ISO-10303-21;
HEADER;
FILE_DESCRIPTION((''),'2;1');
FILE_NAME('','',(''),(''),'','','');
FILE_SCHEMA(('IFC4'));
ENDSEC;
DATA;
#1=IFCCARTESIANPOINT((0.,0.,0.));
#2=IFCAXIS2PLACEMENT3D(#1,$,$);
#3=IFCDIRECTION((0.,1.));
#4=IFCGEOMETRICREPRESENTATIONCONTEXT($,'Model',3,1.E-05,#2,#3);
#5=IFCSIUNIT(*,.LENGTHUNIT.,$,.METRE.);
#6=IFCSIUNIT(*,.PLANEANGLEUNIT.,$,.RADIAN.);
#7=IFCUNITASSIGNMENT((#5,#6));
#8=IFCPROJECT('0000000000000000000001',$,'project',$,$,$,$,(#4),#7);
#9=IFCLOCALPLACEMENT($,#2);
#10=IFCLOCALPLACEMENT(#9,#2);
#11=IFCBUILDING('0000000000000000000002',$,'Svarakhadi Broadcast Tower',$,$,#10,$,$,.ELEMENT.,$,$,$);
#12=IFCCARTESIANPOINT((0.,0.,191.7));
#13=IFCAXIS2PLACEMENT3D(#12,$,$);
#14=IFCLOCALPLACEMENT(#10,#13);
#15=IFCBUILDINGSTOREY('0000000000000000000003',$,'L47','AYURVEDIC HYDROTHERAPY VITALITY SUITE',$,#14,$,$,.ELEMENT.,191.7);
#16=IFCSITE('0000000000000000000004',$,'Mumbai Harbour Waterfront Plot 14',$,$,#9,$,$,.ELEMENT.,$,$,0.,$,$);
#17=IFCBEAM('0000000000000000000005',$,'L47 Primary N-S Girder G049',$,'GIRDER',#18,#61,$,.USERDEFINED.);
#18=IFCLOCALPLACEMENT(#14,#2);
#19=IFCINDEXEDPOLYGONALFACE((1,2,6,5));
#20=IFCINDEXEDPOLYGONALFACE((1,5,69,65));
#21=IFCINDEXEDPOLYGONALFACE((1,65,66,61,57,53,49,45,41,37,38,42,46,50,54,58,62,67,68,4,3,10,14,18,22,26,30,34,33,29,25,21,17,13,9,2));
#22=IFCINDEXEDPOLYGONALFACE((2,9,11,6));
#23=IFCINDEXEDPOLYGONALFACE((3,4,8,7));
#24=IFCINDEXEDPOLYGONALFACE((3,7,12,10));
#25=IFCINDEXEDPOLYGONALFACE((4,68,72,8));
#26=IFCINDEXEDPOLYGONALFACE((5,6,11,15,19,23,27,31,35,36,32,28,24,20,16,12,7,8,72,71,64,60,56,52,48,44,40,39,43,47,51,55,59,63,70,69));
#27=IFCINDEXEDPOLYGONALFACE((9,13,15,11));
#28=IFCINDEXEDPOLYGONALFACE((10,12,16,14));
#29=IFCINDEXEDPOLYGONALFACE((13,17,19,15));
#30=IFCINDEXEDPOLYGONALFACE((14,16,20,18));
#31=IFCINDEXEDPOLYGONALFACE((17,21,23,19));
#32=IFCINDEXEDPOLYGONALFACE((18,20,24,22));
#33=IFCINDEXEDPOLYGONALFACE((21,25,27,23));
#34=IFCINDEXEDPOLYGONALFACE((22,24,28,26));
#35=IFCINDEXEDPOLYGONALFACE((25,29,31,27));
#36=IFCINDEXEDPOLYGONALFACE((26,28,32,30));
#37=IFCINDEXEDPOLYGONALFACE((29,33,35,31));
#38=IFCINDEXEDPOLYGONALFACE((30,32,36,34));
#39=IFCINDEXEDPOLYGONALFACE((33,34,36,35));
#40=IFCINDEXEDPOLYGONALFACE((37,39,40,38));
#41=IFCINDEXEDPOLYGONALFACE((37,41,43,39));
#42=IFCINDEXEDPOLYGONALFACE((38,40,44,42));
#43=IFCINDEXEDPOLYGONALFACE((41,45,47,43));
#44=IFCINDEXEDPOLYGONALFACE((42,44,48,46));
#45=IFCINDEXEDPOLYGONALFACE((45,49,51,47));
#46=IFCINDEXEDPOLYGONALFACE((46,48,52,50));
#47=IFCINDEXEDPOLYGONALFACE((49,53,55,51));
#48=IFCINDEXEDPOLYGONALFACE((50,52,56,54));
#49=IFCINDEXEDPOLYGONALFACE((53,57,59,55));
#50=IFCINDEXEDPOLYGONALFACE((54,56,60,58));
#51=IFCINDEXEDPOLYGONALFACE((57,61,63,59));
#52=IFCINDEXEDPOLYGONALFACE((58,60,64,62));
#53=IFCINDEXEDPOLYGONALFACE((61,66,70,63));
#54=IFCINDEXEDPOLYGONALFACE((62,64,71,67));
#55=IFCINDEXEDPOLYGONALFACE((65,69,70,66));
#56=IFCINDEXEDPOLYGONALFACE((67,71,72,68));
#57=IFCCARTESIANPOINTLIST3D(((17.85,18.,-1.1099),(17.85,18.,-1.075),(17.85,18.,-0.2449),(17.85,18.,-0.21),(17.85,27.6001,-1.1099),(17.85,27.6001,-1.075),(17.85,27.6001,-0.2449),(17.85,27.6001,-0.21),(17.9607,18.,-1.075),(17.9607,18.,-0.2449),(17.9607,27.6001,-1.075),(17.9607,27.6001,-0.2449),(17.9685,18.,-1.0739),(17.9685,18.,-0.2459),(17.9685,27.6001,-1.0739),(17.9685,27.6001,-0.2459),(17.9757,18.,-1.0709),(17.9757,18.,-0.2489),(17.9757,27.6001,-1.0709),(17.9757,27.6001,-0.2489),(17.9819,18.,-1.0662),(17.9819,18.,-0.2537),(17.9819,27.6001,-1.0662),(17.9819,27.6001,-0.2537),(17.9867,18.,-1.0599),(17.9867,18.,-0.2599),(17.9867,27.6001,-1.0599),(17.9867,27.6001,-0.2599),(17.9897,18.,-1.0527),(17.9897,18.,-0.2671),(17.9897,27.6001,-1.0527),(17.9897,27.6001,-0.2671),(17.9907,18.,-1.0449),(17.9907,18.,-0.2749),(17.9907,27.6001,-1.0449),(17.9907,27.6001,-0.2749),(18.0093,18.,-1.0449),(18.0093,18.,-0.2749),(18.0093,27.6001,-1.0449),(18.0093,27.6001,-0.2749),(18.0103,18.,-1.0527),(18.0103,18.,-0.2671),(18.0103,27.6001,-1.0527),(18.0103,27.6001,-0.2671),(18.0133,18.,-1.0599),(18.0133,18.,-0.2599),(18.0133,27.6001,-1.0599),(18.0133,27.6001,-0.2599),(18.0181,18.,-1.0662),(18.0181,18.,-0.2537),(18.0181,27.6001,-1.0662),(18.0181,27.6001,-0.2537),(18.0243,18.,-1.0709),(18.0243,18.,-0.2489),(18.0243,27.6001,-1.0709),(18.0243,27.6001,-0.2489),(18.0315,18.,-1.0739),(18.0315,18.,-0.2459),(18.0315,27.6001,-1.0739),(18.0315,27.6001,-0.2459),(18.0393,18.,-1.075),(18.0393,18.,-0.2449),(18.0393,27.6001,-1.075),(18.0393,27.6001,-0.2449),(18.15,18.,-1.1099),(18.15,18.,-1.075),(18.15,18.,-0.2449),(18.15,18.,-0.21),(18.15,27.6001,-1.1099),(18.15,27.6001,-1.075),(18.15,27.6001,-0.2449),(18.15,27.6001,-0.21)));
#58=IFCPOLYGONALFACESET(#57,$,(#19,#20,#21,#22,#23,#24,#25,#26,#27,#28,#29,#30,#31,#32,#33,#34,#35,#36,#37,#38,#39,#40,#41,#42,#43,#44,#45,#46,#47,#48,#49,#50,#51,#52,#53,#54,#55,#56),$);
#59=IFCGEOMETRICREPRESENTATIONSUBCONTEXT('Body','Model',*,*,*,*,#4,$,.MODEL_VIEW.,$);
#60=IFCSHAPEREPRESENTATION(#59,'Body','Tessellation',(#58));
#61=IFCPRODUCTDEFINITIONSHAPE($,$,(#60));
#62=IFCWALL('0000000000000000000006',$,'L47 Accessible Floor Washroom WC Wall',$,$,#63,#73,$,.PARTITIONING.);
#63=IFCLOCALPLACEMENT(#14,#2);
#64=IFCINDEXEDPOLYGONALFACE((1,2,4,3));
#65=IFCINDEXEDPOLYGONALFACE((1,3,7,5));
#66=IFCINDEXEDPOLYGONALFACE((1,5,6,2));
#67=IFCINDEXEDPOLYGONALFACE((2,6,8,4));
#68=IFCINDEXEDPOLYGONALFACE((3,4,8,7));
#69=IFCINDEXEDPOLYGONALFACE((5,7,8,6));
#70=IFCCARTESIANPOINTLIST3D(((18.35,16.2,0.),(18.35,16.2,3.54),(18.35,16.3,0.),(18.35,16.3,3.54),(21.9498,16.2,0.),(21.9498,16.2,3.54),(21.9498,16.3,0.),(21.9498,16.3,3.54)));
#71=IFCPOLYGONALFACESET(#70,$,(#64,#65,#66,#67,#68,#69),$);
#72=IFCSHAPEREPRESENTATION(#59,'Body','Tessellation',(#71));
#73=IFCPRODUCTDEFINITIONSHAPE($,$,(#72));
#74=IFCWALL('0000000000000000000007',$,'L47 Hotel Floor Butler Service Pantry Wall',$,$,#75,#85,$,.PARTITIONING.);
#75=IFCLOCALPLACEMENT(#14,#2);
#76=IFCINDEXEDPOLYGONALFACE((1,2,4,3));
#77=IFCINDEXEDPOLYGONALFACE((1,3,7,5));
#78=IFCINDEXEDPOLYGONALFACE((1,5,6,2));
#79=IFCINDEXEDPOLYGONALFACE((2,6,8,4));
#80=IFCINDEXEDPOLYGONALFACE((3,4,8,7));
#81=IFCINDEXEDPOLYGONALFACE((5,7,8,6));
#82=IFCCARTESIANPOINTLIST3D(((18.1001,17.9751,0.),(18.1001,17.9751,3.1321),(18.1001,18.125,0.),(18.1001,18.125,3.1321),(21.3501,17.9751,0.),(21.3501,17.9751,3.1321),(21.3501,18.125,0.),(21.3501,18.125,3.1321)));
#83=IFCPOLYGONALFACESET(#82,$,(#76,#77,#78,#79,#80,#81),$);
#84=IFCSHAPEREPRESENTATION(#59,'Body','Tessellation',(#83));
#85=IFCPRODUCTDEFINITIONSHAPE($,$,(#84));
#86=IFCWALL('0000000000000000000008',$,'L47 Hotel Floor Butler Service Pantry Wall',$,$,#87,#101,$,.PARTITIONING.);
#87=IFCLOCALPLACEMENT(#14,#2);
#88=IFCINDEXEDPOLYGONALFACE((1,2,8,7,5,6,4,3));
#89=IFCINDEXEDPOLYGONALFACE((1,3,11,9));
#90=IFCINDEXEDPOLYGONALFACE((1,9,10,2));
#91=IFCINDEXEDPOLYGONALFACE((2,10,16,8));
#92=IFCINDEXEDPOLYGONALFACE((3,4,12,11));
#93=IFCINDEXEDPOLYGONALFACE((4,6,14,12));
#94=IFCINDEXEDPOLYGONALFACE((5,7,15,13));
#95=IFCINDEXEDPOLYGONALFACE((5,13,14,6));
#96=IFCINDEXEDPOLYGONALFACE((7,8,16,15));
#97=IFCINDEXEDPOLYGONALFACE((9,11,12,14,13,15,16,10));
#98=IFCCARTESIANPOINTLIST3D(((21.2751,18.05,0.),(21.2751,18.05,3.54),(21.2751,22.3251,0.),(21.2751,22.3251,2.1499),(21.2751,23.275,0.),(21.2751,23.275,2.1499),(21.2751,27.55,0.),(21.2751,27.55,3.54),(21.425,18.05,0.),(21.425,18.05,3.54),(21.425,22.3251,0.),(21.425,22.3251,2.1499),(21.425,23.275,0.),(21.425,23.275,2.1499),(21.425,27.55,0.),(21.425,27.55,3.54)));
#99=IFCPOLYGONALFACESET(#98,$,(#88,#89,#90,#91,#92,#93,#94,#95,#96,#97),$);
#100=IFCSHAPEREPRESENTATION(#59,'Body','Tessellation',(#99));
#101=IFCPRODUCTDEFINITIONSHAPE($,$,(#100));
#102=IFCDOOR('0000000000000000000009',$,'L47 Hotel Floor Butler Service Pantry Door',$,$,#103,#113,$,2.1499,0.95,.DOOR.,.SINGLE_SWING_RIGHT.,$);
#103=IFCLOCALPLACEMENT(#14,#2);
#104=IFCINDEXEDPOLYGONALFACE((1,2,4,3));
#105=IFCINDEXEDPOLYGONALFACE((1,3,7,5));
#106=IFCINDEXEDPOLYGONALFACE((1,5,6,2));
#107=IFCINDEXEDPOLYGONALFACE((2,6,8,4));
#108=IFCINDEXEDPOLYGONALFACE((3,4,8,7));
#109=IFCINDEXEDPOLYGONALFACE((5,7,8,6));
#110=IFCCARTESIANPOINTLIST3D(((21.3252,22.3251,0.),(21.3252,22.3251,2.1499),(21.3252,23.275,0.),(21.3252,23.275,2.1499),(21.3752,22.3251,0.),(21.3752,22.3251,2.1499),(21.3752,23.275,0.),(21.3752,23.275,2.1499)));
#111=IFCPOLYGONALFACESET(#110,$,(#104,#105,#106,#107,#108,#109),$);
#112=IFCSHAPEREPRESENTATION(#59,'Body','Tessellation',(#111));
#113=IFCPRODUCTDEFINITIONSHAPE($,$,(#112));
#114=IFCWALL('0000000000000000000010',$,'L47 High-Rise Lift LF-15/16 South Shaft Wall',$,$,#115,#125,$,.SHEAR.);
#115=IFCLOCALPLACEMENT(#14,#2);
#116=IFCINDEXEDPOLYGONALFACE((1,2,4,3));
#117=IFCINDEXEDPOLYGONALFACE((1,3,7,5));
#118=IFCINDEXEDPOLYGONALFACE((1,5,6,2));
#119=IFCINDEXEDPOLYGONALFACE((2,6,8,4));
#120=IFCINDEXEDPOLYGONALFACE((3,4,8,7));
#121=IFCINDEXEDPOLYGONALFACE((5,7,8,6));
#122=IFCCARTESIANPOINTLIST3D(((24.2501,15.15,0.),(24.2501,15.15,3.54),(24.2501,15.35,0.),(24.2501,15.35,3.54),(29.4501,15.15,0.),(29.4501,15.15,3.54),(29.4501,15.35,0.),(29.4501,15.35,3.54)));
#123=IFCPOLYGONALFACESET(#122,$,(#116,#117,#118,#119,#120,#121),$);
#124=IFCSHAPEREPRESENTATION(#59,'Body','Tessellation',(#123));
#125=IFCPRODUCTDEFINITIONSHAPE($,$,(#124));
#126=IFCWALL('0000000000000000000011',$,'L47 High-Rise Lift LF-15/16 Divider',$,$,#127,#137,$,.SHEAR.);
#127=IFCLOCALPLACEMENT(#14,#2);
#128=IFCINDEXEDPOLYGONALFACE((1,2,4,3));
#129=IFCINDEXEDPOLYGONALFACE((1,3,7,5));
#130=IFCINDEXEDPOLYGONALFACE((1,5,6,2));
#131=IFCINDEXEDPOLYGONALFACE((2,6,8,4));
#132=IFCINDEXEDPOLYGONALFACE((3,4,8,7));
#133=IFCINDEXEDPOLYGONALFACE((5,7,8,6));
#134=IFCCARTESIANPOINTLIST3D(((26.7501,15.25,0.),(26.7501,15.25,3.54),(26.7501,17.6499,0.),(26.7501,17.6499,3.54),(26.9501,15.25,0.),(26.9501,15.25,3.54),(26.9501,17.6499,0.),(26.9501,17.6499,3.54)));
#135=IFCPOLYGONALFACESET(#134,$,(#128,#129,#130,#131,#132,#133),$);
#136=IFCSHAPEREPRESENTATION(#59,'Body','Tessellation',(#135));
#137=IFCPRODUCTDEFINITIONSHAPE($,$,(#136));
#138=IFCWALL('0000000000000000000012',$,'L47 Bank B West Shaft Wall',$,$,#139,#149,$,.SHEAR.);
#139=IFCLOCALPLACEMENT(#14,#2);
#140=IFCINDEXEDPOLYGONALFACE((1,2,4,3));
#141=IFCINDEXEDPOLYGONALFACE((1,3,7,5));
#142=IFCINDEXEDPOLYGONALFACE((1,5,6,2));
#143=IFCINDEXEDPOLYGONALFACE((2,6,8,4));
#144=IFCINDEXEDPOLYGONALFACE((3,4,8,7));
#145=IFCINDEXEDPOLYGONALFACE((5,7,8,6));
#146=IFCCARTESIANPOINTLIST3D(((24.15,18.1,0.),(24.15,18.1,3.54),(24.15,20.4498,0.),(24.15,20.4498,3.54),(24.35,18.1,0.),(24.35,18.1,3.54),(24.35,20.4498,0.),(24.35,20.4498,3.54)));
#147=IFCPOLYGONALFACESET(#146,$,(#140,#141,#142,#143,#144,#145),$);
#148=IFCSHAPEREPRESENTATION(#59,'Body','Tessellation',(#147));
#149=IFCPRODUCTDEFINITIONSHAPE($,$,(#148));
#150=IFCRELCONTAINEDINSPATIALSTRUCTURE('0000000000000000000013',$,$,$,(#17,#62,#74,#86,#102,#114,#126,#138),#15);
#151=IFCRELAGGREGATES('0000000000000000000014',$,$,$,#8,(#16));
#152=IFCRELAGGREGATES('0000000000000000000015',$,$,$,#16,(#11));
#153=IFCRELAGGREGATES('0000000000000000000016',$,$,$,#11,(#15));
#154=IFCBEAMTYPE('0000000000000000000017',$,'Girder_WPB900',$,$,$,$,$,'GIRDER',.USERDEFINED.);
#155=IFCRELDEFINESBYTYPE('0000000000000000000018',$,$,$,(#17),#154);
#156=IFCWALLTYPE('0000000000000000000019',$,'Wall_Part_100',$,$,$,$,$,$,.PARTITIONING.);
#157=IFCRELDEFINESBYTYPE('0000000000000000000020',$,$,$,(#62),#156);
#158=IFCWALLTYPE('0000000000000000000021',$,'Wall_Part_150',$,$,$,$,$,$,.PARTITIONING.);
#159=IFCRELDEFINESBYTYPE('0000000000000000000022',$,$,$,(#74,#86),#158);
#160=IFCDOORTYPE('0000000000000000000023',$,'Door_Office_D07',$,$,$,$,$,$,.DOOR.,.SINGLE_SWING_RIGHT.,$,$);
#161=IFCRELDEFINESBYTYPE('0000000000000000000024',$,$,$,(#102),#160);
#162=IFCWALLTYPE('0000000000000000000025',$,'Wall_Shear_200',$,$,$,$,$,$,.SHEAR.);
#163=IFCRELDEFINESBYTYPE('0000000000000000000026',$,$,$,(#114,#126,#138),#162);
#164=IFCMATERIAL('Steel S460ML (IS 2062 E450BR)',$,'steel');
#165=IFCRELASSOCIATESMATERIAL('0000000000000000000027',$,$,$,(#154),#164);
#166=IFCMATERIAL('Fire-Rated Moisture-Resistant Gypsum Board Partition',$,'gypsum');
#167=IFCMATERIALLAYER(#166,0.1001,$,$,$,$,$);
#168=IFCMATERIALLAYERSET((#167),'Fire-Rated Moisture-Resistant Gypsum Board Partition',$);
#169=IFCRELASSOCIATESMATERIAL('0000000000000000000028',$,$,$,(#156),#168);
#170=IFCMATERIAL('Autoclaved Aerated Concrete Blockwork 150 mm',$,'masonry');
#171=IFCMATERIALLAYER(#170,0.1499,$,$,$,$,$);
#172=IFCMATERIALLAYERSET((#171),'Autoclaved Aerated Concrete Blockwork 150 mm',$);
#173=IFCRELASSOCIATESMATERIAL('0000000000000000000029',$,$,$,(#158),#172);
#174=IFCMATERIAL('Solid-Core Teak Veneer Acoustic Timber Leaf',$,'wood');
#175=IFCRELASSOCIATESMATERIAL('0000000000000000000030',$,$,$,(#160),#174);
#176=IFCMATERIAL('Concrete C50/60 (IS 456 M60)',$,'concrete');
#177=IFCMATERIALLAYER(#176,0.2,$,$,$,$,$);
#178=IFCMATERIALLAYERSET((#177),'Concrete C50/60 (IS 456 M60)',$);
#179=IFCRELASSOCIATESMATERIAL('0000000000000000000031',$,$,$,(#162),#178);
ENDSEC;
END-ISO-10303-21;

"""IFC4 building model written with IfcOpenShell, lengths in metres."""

from ifc_helpers import new_model, si_unit, direction, frame, frame_2d, origin, origin_2d, place, context, subcontext, project, spatial, rectangle, i_section, extrude, material, layer, layer_set, material_profile, profile_set, type_object, element, fill, save


model = new_model("IFC4")

# Units and contexts
model_context = context("Model", 3, precision=1e-05, world=origin(), true_north=direction((0.0, 1.0)))
body_context = subcontext(model_context, "Body", "Model", "MODEL_VIEW")
ifc_project = project(units=[si_unit("LENGTHUNIT", "METRE"), si_unit("PLANEANGLEUNIT", "RADIAN")], contexts=[model_context])

# Site, building, storey
site_placement = place(None, origin())
site = spatial("IfcSite", under=ifc_project, at=site_placement, Name="Mumbai Harbour Waterfront Plot 14", CompositionType="ELEMENT", RefElevation=0.0)
building_placement = place(site_placement, origin())
building = spatial("IfcBuilding", under=site, at=building_placement, Name="Svarakhadi Broadcast Tower", CompositionType="ELEMENT")
storey_placement = place(building_placement, frame((0.0, 0.0, 191.7)))
storey = spatial("IfcBuildingStorey", under=building, at=storey_placement, Name="L47", Description="AYURVEDIC HYDROTHERAPY VITALITY SUITE", CompositionType="ELEMENT", Elevation=191.7)

# Shared definitions
ifc_material_1 = material(Name="Concrete C50/60 (IS 456 M60)", Category="concrete")

# Beam
ifc_material_2 = material(Name="Steel S460ML (IS 2062 E450BR)", Category="steel")
ifc_material_profile_1 = material_profile(ifc_material_2, i_section(OverallWidth=0.3, OverallDepth=0.8999, WebThickness=0.0186, FlangeThickness=0.0349, FilletRadius=0.03, at=origin_2d()), Name="WPB 900x300x291")
ifc_profile_set_1 = profile_set([ifc_material_profile_1], Name="Steel S460ML (IS 2062 E450BR)")
beam_type_1 = type_object("IfcBeamType", Name="Girder_WPB900", ElementType="GIRDER", PredefinedType="USERDEFINED", material=ifc_profile_set_1)
for number, where, z_axis, x_axis, name in (
    (1, (18.0, 18.0, -0.6599), (0.0, 1.0, 0.0), (-1.0, 0.0, 0.0), "L47 Primary N-S Girder G049"),
):
    element("IfcBeam", number, at=place(storey_placement, frame(where, z_axis=z_axis, x_axis=x_axis)), inside=storey, type_object=beam_type_1, Name=name, ObjectType="GIRDER", PredefinedType="USERDEFINED", context=body_context, shape_type="SweptSolid", body=[
        extrude(i_section(OverallWidth=0.3, OverallDepth=0.8999, WebThickness=0.0186, FlangeThickness=0.0349, FilletRadius=0.03, at=origin_2d()), origin(), (0.0, 0.0, 1.0), 9.6001),
    ])

# Walls
ifc_material_3 = material(Name="Fire-Rated Moisture-Resistant Gypsum Board Partition", Category="gypsum")
ifc_layer_1 = layer(ifc_material_3, 0.1001)
ifc_layer_set_1 = layer_set([ifc_layer_1], Name="Fire-Rated Moisture-Resistant Gypsum Board Partition")
wall_type_1 = type_object("IfcWallType", Name="Wall_Part_100", PredefinedType="PARTITIONING", material=ifc_layer_set_1)
wall_1_placement = place(storey_placement, frame((18.3501, 16.25, 0.0), z_axis=(0.0, 0.0, 1.0), x_axis=(1.0, 0.0, 0.0)))
element("IfcWall", 2, at=wall_1_placement, inside=storey, type_object=wall_type_1, Name="L47 Accessible Floor Washroom WC Wall", PredefinedType="PARTITIONING", context=body_context, shape_type="SweptSolid", body=[
    extrude(rectangle(XDim=3.5999, YDim=0.1001, at=frame_2d((1.7998, 0.0))), origin(), (0.0, 0.0, 1.0), 3.54),
])
ifc_material_4 = material(Name="Autoclaved Aerated Concrete Blockwork 150 mm", Category="masonry")
ifc_layer_2 = layer(ifc_material_4, 0.1499)
ifc_layer_set_2 = layer_set([ifc_layer_2], Name="Autoclaved Aerated Concrete Blockwork 150 mm")
wall_type_2 = type_object("IfcWallType", Name="Wall_Part_150", PredefinedType="PARTITIONING", material=ifc_layer_set_2)
wall_2_placement = place(storey_placement, frame((18.1001, 18.05, 0.0), z_axis=(0.0, 0.0, 1.0), x_axis=(1.0, 0.0, 0.0)))
element("IfcWall", 3, at=wall_2_placement, inside=storey, type_object=wall_type_2, Name="L47 Hotel Floor Butler Service Pantry Wall", PredefinedType="PARTITIONING", context=body_context, shape_type="SweptSolid", body=[
    extrude(rectangle(XDim=3.25, YDim=0.1499, at=frame_2d((1.625, 0.0))), origin(), (0.0, 0.0, 1.0), 3.1321),
])

# Wall, opening, door
wall_3_placement = place(storey_placement, frame((21.3501, 18.05, 0.0), z_axis=(0.0, 0.0, 1.0), x_axis=(0.0, 1.0, 0.0)))
wall_3 = element("IfcWall", 4, at=wall_3_placement, inside=storey, type_object=wall_type_2, Name="L47 Hotel Floor Butler Service Pantry Wall", PredefinedType="PARTITIONING", context=body_context, shape_type="SweptSolid", body=[
    extrude(rectangle(XDim=9.5, YDim=0.1499, at=frame_2d((4.75, 0.0))), origin(), (0.0, 0.0, 1.0), 3.54),
])
opening_1_placement = place(wall_3_placement, frame((4.2749, 0.0, 0.0)))
opening_1 = element("IfcOpeningElement", 5, at=opening_1_placement, cuts=wall_3, PredefinedType="OPENING", context=body_context, shape_type="SweptSolid", body=[
    extrude(rectangle(XDim=0.95, YDim=2.1499, at=frame_2d((0.4751, 1.075))), frame((0.0, 0.085, 0.0), z_axis=(0.0, -1.0, 0.0), x_axis=(1.0, 0.0, 0.0)), (0.0, 0.0, 1.0), 0.1699),
])
ifc_material_5 = material(Name="Solid-Core Teak Veneer Acoustic Timber Leaf", Category="wood")
door_type_1 = type_object("IfcDoorType", Name="Door_Office_D07", OperationType="SINGLE_SWING_RIGHT", PredefinedType="DOOR", material=ifc_material_5)
door_1_placement = place(opening_1_placement, origin())
door_1 = element("IfcDoor", 6, at=door_1_placement, inside=storey, type_object=door_type_1, Name="L47 Hotel Floor Butler Service Pantry Door", OperationType="SINGLE_SWING_RIGHT", OverallHeight=2.1499, OverallWidth=0.95, PredefinedType="DOOR", context=body_context, shape_type="SweptSolid", body=[
    extrude(rectangle(XDim=0.95, YDim=2.1499, at=frame_2d((0.4751, 1.075))), frame((0.0, 0.0249, 0.0), z_axis=(0.0, -1.0, 0.0), x_axis=(1.0, 0.0, 0.0)), (0.0, 0.0, 1.0), 0.05),
])
fill(opening_1, door_1)
ifc_layer_3 = layer(ifc_material_1, 0.2)
ifc_layer_set_3 = layer_set([ifc_layer_3], Name="Concrete C50/60 (IS 456 M60)")
wall_type_3 = type_object("IfcWallType", Name="Wall_Shear_200", PredefinedType="SHEAR", material=ifc_layer_set_3)

# Walls
wall_4_placement = place(storey_placement, frame((24.25, 15.25, 0.0), z_axis=(0.0, 0.0, 1.0), x_axis=(1.0, 0.0, 0.0)))
element("IfcWall", 7, at=wall_4_placement, inside=storey, type_object=wall_type_3, Name="L47 High-Rise Lift LF-15/16 South Shaft Wall", PredefinedType="SHEAR", context=body_context, shape_type="SweptSolid", body=[
    extrude(rectangle(XDim=5.2, YDim=0.2, at=frame_2d((2.6001, 0.0))), origin(), (0.0, 0.0, 1.0), 3.54),
])
wall_5_placement = place(storey_placement, frame((26.8501, 15.25, 0.0), z_axis=(0.0, 0.0, 1.0), x_axis=(0.0, 1.0, 0.0)))
element("IfcWall", 8, at=wall_5_placement, inside=storey, type_object=wall_type_3, Name="L47 High-Rise Lift LF-15/16 Divider", PredefinedType="SHEAR", context=body_context, shape_type="SweptSolid", body=[
    extrude(rectangle(XDim=2.3999, YDim=0.2, at=frame_2d((1.2, 0.0))), origin(), (0.0, 0.0, 1.0), 3.54),
])
wall_6_placement = place(storey_placement, frame((24.25, 18.1001, 0.0), z_axis=(0.0, 0.0, 1.0), x_axis=(0.0, 1.0, 0.0)))
element("IfcWall", 9, at=wall_6_placement, inside=storey, type_object=wall_type_3, Name="L47 Bank B West Shaft Wall", PredefinedType="SHEAR", context=body_context, shape_type="SweptSolid", body=[
    extrude(rectangle(XDim=2.3499, YDim=0.2, at=frame_2d((1.1748, 0.0))), origin(), (0.0, 0.0, 1.0), 3.54),
])

save(model, "model.ifc")
